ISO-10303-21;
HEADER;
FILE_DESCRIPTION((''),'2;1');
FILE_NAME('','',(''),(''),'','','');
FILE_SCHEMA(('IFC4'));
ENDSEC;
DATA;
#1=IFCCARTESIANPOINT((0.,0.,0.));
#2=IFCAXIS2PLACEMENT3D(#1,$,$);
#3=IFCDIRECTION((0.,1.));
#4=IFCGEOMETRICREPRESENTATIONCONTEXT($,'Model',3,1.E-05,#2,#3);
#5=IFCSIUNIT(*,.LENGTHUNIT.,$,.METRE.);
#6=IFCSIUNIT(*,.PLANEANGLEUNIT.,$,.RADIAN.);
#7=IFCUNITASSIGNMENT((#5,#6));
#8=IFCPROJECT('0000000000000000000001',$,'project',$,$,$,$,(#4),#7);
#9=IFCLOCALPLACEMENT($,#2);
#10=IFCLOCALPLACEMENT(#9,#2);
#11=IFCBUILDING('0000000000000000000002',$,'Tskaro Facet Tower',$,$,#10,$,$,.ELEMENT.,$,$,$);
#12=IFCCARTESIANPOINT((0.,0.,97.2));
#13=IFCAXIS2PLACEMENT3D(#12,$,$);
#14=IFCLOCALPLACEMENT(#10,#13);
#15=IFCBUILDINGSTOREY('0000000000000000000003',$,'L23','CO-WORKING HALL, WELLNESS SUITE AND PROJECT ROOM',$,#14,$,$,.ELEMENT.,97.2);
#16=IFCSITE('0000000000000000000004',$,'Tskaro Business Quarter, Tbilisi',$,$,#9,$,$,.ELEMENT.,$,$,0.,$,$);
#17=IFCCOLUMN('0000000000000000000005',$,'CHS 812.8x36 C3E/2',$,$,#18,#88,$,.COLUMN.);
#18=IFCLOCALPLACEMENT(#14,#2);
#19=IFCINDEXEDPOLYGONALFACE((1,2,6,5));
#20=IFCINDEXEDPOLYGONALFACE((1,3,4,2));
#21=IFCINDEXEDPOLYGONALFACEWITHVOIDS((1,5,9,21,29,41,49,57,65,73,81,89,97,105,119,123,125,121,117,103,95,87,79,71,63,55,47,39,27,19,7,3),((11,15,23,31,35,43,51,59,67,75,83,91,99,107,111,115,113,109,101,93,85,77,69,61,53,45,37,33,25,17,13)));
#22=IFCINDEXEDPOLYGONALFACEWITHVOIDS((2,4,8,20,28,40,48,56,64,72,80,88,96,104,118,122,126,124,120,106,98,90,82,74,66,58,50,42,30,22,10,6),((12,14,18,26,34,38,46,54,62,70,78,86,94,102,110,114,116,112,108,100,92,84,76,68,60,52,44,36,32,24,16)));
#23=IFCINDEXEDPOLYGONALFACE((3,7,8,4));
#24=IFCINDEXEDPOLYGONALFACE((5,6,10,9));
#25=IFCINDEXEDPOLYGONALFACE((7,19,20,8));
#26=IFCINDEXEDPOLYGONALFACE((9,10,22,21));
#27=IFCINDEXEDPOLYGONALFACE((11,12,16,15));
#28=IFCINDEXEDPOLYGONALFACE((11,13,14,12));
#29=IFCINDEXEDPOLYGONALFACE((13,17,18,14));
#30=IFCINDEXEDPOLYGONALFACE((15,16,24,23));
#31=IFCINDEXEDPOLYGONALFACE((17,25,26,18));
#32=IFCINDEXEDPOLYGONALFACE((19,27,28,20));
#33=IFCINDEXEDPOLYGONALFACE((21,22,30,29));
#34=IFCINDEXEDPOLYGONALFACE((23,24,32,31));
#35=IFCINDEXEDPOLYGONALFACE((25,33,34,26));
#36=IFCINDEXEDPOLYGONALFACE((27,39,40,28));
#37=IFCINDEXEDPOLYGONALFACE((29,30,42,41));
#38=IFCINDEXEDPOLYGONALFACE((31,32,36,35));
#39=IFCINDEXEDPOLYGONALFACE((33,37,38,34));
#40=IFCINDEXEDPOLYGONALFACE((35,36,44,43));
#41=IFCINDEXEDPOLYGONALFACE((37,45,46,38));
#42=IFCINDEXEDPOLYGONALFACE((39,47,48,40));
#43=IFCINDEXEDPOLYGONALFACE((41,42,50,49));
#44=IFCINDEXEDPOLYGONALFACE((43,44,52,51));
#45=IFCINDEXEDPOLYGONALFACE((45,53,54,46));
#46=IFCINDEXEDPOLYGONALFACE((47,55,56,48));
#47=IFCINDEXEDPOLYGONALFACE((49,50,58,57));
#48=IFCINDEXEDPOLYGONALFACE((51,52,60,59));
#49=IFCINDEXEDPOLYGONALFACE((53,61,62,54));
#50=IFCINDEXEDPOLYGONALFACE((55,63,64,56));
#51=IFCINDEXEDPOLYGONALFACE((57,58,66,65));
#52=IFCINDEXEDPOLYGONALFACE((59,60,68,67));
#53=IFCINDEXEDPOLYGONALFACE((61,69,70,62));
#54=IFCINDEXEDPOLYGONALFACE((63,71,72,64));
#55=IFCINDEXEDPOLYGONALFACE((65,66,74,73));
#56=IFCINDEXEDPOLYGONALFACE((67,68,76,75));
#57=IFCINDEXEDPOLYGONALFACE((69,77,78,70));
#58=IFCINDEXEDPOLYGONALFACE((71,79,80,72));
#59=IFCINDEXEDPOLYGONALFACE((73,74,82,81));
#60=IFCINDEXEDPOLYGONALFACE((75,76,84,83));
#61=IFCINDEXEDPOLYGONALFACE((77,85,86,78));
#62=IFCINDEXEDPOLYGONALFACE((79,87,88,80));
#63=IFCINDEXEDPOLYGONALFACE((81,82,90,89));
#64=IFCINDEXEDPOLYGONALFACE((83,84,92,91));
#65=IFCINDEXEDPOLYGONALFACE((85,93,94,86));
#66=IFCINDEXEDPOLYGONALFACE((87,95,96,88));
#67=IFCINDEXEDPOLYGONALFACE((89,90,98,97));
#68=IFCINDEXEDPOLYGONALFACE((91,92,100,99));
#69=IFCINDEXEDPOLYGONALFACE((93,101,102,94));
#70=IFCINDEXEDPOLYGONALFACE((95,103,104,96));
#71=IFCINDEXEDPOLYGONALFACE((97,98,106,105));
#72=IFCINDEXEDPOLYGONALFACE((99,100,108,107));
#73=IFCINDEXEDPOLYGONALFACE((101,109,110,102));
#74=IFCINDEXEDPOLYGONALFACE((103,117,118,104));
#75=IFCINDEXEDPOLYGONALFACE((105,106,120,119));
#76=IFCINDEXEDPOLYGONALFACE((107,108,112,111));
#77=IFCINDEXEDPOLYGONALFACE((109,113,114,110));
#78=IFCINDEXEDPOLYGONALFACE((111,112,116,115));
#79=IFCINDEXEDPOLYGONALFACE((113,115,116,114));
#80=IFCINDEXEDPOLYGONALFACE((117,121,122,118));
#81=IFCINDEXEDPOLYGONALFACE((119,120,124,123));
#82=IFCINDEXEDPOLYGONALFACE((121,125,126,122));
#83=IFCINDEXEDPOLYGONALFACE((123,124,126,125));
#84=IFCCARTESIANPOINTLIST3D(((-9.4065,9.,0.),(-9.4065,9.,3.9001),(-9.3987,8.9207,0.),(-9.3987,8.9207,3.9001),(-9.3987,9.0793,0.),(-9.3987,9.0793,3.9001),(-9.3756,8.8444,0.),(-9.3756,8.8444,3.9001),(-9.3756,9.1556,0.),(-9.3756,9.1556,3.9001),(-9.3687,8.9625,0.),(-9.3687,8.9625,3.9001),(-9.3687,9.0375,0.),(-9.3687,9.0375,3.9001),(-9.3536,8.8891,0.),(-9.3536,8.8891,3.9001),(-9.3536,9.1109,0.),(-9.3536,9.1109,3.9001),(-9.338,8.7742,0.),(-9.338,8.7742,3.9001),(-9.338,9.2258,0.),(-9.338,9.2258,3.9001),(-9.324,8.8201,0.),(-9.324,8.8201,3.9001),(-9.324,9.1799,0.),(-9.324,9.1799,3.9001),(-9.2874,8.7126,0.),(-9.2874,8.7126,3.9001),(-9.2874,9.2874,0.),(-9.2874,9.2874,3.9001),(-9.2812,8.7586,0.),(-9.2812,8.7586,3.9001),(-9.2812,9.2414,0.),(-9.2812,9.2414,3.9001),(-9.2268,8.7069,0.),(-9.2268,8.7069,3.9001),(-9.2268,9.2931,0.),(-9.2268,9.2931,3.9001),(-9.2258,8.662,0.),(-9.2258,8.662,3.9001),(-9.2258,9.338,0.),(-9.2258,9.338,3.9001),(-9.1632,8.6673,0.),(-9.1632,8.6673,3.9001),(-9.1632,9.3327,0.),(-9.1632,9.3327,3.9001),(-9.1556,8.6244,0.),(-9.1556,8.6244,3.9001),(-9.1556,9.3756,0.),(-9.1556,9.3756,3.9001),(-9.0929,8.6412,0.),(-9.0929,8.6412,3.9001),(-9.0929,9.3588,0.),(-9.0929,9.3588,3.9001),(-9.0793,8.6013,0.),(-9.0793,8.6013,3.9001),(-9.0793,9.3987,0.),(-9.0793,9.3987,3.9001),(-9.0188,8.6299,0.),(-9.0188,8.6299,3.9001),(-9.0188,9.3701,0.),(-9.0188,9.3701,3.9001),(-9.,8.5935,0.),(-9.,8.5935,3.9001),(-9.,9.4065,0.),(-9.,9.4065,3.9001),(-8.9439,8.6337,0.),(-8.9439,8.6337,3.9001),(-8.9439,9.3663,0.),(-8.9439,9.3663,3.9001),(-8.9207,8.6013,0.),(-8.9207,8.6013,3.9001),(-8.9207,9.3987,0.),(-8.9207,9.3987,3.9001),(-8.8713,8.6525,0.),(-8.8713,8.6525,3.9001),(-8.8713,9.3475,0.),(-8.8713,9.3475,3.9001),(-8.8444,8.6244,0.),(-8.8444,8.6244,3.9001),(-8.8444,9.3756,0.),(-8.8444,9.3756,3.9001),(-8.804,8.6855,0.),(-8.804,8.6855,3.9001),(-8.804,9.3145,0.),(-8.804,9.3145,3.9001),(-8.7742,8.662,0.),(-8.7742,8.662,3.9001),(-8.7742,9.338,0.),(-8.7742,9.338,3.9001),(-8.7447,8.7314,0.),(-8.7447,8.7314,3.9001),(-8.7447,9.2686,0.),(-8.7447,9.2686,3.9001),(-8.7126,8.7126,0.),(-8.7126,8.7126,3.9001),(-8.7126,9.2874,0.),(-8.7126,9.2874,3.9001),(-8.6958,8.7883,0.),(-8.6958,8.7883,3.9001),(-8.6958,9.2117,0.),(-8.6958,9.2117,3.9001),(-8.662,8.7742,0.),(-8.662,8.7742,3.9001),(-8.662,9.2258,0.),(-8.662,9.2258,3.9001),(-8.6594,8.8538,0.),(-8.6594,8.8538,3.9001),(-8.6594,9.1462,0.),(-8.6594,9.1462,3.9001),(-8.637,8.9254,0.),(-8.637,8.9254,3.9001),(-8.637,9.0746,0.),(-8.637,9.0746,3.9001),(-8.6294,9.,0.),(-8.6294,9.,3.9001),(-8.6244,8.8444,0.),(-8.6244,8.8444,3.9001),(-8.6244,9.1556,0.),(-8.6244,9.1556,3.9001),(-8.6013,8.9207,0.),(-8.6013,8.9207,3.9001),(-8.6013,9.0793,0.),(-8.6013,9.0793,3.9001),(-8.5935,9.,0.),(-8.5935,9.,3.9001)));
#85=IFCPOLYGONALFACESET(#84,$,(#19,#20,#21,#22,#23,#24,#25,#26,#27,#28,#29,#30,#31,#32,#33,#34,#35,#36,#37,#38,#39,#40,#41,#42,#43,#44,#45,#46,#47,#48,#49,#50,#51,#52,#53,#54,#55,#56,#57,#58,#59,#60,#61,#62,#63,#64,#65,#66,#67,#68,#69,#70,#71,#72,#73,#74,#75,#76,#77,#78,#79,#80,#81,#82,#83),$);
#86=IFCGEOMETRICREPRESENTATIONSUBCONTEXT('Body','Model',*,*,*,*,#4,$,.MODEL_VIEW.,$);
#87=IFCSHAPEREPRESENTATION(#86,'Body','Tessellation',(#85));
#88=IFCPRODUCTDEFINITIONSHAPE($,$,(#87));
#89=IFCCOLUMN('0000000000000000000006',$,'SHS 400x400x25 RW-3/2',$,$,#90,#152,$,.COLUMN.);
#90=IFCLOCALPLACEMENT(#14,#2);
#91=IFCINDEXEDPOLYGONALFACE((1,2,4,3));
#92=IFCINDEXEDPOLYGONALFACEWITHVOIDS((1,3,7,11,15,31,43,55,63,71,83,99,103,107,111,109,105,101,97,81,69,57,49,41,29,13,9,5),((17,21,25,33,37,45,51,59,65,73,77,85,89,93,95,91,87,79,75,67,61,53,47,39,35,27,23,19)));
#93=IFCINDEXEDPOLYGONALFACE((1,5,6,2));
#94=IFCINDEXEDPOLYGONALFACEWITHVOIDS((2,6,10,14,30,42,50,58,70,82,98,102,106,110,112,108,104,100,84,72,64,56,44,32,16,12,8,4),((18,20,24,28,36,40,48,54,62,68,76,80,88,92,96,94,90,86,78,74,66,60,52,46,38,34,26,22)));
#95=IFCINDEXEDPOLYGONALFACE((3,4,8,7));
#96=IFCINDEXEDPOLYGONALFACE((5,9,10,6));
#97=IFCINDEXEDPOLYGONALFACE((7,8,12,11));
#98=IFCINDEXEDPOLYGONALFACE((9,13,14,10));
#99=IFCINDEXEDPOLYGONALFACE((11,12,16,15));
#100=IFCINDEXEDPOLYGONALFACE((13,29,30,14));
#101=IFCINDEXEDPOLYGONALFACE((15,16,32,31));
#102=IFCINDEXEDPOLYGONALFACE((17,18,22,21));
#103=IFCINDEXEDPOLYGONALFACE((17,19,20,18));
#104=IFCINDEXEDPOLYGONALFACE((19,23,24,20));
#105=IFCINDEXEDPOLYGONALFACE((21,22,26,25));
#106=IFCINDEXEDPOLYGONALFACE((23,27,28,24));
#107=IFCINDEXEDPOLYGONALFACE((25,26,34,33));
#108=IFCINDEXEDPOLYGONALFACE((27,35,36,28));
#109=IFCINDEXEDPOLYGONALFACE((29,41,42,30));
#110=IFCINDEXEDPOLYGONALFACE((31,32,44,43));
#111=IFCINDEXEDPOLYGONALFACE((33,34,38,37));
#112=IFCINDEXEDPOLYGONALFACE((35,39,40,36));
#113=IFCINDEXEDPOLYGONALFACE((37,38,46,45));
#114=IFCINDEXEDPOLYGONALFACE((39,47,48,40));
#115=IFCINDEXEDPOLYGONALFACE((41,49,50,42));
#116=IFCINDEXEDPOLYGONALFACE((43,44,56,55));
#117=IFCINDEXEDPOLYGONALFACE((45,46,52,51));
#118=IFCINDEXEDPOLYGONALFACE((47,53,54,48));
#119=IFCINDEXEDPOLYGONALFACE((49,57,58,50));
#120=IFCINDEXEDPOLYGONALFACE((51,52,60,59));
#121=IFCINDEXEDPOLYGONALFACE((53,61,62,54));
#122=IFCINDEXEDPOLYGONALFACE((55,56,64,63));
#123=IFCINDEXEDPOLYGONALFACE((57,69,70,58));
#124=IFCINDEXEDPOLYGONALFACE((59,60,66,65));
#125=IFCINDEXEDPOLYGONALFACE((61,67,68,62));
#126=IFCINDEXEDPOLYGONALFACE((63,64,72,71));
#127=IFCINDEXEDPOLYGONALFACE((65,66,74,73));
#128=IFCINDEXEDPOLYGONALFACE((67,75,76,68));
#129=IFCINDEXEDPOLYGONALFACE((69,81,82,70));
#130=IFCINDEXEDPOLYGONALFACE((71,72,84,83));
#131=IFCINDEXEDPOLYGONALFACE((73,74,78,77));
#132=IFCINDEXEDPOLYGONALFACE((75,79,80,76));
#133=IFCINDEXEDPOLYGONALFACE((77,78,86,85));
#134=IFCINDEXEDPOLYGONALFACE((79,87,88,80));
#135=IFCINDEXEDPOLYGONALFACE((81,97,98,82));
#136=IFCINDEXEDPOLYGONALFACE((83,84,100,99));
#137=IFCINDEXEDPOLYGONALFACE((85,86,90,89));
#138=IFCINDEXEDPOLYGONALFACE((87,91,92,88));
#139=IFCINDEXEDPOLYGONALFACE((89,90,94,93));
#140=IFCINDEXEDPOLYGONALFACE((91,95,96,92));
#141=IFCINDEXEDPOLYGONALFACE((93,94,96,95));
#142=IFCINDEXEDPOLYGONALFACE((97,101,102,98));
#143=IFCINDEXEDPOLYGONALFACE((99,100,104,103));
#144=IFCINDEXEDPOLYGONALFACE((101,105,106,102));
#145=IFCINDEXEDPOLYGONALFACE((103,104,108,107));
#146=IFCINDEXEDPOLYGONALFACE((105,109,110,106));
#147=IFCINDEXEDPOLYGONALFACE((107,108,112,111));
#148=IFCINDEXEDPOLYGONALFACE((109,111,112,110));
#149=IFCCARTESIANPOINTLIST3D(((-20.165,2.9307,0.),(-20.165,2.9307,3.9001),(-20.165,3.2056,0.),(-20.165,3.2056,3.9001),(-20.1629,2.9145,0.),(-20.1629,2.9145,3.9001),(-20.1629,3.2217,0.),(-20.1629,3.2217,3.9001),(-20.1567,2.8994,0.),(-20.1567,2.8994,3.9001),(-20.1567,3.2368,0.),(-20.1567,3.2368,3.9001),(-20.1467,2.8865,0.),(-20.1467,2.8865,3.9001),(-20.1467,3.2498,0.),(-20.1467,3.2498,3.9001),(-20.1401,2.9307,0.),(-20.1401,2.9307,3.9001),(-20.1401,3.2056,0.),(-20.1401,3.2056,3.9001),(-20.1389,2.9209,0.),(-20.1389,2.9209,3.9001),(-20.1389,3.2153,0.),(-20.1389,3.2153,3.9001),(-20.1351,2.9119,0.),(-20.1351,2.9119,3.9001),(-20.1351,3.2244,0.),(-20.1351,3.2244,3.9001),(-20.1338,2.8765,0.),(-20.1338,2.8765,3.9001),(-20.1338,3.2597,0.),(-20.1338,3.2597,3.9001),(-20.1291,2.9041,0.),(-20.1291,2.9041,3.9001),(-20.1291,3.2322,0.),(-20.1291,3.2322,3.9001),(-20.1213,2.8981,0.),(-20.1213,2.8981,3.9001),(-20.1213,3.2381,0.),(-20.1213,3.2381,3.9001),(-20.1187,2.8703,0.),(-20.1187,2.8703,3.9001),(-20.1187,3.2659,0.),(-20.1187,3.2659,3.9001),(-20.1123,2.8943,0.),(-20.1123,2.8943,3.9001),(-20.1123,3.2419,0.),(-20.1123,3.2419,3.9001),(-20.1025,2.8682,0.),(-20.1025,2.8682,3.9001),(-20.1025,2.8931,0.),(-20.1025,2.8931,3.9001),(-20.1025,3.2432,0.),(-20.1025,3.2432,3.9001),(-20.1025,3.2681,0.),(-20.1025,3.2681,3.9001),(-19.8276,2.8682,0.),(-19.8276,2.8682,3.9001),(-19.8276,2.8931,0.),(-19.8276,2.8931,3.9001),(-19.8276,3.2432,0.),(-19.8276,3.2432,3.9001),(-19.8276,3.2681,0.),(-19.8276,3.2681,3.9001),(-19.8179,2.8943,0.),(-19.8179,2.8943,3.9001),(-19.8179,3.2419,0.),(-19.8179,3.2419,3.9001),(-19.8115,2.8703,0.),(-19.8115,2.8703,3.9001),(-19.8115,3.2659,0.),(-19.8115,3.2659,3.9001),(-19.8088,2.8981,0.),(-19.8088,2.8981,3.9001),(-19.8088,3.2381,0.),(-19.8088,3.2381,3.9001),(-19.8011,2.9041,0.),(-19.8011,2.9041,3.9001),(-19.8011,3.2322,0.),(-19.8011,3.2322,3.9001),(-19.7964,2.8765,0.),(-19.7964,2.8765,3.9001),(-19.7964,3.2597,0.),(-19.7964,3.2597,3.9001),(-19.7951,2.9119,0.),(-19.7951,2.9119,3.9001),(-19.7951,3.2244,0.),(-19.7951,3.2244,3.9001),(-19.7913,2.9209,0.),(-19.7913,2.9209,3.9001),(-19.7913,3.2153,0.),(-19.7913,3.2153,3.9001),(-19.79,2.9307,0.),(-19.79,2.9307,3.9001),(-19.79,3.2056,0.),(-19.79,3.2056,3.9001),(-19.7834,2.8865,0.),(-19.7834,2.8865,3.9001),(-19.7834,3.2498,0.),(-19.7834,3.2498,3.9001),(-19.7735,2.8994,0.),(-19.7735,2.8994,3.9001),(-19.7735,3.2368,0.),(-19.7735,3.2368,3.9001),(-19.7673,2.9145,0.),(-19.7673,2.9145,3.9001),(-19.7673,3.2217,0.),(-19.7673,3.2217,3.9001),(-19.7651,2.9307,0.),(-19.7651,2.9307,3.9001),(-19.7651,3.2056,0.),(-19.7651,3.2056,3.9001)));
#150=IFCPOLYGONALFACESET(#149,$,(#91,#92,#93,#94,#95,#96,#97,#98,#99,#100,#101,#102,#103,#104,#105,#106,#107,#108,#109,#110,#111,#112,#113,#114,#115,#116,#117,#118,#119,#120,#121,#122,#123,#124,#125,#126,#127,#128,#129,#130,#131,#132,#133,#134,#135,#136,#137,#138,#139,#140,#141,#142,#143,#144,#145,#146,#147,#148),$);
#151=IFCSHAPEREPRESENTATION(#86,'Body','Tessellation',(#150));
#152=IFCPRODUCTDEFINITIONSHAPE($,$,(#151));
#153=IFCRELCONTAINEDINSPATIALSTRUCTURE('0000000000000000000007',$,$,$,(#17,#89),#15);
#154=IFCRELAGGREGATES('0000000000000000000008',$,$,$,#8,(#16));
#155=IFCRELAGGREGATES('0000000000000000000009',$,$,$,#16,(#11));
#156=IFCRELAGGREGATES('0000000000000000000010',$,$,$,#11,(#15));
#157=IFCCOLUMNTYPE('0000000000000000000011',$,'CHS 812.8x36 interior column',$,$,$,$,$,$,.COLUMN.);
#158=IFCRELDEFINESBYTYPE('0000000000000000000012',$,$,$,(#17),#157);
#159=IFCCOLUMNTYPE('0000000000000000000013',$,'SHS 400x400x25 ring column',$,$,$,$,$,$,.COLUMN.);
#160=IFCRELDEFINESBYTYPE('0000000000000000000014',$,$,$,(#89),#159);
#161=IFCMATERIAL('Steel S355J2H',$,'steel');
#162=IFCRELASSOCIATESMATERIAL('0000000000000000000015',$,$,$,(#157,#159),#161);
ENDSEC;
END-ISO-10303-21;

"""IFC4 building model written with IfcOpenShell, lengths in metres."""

from ifc_helpers import new_model, si_unit, direction, frame, origin, origin_2d, place, context, subcontext, project, spatial, hollow_rectangle, hollow_circle, extrude, material, material_profile, profile_set, type_object, element, save


model = new_model("IFC4")

# Units and contexts
model_context = context("Model", 3, precision=1e-05, world=origin(), true_north=direction((0.0, 1.0)))
body_context = subcontext(model_context, "Body", "Model", "MODEL_VIEW")
ifc_project = project(units=[si_unit("LENGTHUNIT", "METRE"), si_unit("PLANEANGLEUNIT", "RADIAN")], contexts=[model_context])

# Site, building, storey
site_placement = place(None, origin())
site = spatial("IfcSite", under=ifc_project, at=site_placement, Name="Tskaro Business Quarter, Tbilisi", CompositionType="ELEMENT", RefElevation=0.0)
building_placement = place(site_placement, origin())
building = spatial("IfcBuilding", under=site, at=building_placement, Name="Tskaro Facet Tower", CompositionType="ELEMENT")
storey_placement = place(building_placement, frame((0.0, 0.0, 97.2)))
storey = spatial("IfcBuildingStorey", under=building, at=storey_placement, Name="L23", Description="CO-WORKING HALL, WELLNESS SUITE AND PROJECT ROOM", CompositionType="ELEMENT", Elevation=97.2)

# Columns
ifc_material_1 = material(Name="Steel S355J2H", Category="steel")
ifc_material_profile_1 = material_profile(ifc_material_1, hollow_circle(Radius=0.4065, WallThickness=0.0359, at=origin_2d()), Name="CHS 812.8x36")
ifc_profile_set_1 = profile_set([ifc_material_profile_1], Name="Steel S355J2H")
column_type_1 = type_object("IfcColumnType", Name="CHS 812.8x36 interior column", PredefinedType="COLUMN", material=ifc_profile_set_1)
column_1_placement = place(storey_placement, frame((-9.0, 9.0, 0.0), z_axis=(0.0, 0.0, 1.0), x_axis=(1.0, 0.0, 0.0)))
element("IfcColumn", 1, at=column_1_placement, inside=storey, type_object=column_type_1, Name="CHS 812.8x36 C3E/2", PredefinedType="COLUMN", context=body_context, shape_type="SweptSolid", body=[
    extrude(hollow_circle(Radius=0.4065, WallThickness=0.0359, at=origin_2d()), origin(), (0.0, 0.0, 1.0), 3.9001),
])
ifc_material_profile_2 = material_profile(ifc_material_1, hollow_rectangle(XDim=0.3999, YDim=0.3999, WallThickness=0.0249, InnerFilletRadius=0.0376, OuterFilletRadius=0.0625, at=origin_2d()), Name="SHS 400x400x25")
ifc_profile_set_2 = profile_set([ifc_material_profile_2], Name="Steel S355J2H")
column_type_2 = type_object("IfcColumnType", Name="SHS 400x400x25 ring column", PredefinedType="COLUMN", material=ifc_profile_set_2)
column_2_placement = place(storey_placement, frame((-19.9651, 3.0681, 0.0), z_axis=(0.0, 0.0, 1.0), x_axis=(1.0, 0.0, 0.0)))
element("IfcColumn", 2, at=column_2_placement, inside=storey, type_object=column_type_2, Name="SHS 400x400x25 RW-3/2", PredefinedType="COLUMN", context=body_context, shape_type="SweptSolid", body=[
    extrude(hollow_rectangle(XDim=0.3999, YDim=0.3999, WallThickness=0.0249, InnerFilletRadius=0.0376, OuterFilletRadius=0.0625, at=origin_2d()), origin(), (0.0, 0.0, 1.0), 3.9001),
])

save(model, "model.ifc")
